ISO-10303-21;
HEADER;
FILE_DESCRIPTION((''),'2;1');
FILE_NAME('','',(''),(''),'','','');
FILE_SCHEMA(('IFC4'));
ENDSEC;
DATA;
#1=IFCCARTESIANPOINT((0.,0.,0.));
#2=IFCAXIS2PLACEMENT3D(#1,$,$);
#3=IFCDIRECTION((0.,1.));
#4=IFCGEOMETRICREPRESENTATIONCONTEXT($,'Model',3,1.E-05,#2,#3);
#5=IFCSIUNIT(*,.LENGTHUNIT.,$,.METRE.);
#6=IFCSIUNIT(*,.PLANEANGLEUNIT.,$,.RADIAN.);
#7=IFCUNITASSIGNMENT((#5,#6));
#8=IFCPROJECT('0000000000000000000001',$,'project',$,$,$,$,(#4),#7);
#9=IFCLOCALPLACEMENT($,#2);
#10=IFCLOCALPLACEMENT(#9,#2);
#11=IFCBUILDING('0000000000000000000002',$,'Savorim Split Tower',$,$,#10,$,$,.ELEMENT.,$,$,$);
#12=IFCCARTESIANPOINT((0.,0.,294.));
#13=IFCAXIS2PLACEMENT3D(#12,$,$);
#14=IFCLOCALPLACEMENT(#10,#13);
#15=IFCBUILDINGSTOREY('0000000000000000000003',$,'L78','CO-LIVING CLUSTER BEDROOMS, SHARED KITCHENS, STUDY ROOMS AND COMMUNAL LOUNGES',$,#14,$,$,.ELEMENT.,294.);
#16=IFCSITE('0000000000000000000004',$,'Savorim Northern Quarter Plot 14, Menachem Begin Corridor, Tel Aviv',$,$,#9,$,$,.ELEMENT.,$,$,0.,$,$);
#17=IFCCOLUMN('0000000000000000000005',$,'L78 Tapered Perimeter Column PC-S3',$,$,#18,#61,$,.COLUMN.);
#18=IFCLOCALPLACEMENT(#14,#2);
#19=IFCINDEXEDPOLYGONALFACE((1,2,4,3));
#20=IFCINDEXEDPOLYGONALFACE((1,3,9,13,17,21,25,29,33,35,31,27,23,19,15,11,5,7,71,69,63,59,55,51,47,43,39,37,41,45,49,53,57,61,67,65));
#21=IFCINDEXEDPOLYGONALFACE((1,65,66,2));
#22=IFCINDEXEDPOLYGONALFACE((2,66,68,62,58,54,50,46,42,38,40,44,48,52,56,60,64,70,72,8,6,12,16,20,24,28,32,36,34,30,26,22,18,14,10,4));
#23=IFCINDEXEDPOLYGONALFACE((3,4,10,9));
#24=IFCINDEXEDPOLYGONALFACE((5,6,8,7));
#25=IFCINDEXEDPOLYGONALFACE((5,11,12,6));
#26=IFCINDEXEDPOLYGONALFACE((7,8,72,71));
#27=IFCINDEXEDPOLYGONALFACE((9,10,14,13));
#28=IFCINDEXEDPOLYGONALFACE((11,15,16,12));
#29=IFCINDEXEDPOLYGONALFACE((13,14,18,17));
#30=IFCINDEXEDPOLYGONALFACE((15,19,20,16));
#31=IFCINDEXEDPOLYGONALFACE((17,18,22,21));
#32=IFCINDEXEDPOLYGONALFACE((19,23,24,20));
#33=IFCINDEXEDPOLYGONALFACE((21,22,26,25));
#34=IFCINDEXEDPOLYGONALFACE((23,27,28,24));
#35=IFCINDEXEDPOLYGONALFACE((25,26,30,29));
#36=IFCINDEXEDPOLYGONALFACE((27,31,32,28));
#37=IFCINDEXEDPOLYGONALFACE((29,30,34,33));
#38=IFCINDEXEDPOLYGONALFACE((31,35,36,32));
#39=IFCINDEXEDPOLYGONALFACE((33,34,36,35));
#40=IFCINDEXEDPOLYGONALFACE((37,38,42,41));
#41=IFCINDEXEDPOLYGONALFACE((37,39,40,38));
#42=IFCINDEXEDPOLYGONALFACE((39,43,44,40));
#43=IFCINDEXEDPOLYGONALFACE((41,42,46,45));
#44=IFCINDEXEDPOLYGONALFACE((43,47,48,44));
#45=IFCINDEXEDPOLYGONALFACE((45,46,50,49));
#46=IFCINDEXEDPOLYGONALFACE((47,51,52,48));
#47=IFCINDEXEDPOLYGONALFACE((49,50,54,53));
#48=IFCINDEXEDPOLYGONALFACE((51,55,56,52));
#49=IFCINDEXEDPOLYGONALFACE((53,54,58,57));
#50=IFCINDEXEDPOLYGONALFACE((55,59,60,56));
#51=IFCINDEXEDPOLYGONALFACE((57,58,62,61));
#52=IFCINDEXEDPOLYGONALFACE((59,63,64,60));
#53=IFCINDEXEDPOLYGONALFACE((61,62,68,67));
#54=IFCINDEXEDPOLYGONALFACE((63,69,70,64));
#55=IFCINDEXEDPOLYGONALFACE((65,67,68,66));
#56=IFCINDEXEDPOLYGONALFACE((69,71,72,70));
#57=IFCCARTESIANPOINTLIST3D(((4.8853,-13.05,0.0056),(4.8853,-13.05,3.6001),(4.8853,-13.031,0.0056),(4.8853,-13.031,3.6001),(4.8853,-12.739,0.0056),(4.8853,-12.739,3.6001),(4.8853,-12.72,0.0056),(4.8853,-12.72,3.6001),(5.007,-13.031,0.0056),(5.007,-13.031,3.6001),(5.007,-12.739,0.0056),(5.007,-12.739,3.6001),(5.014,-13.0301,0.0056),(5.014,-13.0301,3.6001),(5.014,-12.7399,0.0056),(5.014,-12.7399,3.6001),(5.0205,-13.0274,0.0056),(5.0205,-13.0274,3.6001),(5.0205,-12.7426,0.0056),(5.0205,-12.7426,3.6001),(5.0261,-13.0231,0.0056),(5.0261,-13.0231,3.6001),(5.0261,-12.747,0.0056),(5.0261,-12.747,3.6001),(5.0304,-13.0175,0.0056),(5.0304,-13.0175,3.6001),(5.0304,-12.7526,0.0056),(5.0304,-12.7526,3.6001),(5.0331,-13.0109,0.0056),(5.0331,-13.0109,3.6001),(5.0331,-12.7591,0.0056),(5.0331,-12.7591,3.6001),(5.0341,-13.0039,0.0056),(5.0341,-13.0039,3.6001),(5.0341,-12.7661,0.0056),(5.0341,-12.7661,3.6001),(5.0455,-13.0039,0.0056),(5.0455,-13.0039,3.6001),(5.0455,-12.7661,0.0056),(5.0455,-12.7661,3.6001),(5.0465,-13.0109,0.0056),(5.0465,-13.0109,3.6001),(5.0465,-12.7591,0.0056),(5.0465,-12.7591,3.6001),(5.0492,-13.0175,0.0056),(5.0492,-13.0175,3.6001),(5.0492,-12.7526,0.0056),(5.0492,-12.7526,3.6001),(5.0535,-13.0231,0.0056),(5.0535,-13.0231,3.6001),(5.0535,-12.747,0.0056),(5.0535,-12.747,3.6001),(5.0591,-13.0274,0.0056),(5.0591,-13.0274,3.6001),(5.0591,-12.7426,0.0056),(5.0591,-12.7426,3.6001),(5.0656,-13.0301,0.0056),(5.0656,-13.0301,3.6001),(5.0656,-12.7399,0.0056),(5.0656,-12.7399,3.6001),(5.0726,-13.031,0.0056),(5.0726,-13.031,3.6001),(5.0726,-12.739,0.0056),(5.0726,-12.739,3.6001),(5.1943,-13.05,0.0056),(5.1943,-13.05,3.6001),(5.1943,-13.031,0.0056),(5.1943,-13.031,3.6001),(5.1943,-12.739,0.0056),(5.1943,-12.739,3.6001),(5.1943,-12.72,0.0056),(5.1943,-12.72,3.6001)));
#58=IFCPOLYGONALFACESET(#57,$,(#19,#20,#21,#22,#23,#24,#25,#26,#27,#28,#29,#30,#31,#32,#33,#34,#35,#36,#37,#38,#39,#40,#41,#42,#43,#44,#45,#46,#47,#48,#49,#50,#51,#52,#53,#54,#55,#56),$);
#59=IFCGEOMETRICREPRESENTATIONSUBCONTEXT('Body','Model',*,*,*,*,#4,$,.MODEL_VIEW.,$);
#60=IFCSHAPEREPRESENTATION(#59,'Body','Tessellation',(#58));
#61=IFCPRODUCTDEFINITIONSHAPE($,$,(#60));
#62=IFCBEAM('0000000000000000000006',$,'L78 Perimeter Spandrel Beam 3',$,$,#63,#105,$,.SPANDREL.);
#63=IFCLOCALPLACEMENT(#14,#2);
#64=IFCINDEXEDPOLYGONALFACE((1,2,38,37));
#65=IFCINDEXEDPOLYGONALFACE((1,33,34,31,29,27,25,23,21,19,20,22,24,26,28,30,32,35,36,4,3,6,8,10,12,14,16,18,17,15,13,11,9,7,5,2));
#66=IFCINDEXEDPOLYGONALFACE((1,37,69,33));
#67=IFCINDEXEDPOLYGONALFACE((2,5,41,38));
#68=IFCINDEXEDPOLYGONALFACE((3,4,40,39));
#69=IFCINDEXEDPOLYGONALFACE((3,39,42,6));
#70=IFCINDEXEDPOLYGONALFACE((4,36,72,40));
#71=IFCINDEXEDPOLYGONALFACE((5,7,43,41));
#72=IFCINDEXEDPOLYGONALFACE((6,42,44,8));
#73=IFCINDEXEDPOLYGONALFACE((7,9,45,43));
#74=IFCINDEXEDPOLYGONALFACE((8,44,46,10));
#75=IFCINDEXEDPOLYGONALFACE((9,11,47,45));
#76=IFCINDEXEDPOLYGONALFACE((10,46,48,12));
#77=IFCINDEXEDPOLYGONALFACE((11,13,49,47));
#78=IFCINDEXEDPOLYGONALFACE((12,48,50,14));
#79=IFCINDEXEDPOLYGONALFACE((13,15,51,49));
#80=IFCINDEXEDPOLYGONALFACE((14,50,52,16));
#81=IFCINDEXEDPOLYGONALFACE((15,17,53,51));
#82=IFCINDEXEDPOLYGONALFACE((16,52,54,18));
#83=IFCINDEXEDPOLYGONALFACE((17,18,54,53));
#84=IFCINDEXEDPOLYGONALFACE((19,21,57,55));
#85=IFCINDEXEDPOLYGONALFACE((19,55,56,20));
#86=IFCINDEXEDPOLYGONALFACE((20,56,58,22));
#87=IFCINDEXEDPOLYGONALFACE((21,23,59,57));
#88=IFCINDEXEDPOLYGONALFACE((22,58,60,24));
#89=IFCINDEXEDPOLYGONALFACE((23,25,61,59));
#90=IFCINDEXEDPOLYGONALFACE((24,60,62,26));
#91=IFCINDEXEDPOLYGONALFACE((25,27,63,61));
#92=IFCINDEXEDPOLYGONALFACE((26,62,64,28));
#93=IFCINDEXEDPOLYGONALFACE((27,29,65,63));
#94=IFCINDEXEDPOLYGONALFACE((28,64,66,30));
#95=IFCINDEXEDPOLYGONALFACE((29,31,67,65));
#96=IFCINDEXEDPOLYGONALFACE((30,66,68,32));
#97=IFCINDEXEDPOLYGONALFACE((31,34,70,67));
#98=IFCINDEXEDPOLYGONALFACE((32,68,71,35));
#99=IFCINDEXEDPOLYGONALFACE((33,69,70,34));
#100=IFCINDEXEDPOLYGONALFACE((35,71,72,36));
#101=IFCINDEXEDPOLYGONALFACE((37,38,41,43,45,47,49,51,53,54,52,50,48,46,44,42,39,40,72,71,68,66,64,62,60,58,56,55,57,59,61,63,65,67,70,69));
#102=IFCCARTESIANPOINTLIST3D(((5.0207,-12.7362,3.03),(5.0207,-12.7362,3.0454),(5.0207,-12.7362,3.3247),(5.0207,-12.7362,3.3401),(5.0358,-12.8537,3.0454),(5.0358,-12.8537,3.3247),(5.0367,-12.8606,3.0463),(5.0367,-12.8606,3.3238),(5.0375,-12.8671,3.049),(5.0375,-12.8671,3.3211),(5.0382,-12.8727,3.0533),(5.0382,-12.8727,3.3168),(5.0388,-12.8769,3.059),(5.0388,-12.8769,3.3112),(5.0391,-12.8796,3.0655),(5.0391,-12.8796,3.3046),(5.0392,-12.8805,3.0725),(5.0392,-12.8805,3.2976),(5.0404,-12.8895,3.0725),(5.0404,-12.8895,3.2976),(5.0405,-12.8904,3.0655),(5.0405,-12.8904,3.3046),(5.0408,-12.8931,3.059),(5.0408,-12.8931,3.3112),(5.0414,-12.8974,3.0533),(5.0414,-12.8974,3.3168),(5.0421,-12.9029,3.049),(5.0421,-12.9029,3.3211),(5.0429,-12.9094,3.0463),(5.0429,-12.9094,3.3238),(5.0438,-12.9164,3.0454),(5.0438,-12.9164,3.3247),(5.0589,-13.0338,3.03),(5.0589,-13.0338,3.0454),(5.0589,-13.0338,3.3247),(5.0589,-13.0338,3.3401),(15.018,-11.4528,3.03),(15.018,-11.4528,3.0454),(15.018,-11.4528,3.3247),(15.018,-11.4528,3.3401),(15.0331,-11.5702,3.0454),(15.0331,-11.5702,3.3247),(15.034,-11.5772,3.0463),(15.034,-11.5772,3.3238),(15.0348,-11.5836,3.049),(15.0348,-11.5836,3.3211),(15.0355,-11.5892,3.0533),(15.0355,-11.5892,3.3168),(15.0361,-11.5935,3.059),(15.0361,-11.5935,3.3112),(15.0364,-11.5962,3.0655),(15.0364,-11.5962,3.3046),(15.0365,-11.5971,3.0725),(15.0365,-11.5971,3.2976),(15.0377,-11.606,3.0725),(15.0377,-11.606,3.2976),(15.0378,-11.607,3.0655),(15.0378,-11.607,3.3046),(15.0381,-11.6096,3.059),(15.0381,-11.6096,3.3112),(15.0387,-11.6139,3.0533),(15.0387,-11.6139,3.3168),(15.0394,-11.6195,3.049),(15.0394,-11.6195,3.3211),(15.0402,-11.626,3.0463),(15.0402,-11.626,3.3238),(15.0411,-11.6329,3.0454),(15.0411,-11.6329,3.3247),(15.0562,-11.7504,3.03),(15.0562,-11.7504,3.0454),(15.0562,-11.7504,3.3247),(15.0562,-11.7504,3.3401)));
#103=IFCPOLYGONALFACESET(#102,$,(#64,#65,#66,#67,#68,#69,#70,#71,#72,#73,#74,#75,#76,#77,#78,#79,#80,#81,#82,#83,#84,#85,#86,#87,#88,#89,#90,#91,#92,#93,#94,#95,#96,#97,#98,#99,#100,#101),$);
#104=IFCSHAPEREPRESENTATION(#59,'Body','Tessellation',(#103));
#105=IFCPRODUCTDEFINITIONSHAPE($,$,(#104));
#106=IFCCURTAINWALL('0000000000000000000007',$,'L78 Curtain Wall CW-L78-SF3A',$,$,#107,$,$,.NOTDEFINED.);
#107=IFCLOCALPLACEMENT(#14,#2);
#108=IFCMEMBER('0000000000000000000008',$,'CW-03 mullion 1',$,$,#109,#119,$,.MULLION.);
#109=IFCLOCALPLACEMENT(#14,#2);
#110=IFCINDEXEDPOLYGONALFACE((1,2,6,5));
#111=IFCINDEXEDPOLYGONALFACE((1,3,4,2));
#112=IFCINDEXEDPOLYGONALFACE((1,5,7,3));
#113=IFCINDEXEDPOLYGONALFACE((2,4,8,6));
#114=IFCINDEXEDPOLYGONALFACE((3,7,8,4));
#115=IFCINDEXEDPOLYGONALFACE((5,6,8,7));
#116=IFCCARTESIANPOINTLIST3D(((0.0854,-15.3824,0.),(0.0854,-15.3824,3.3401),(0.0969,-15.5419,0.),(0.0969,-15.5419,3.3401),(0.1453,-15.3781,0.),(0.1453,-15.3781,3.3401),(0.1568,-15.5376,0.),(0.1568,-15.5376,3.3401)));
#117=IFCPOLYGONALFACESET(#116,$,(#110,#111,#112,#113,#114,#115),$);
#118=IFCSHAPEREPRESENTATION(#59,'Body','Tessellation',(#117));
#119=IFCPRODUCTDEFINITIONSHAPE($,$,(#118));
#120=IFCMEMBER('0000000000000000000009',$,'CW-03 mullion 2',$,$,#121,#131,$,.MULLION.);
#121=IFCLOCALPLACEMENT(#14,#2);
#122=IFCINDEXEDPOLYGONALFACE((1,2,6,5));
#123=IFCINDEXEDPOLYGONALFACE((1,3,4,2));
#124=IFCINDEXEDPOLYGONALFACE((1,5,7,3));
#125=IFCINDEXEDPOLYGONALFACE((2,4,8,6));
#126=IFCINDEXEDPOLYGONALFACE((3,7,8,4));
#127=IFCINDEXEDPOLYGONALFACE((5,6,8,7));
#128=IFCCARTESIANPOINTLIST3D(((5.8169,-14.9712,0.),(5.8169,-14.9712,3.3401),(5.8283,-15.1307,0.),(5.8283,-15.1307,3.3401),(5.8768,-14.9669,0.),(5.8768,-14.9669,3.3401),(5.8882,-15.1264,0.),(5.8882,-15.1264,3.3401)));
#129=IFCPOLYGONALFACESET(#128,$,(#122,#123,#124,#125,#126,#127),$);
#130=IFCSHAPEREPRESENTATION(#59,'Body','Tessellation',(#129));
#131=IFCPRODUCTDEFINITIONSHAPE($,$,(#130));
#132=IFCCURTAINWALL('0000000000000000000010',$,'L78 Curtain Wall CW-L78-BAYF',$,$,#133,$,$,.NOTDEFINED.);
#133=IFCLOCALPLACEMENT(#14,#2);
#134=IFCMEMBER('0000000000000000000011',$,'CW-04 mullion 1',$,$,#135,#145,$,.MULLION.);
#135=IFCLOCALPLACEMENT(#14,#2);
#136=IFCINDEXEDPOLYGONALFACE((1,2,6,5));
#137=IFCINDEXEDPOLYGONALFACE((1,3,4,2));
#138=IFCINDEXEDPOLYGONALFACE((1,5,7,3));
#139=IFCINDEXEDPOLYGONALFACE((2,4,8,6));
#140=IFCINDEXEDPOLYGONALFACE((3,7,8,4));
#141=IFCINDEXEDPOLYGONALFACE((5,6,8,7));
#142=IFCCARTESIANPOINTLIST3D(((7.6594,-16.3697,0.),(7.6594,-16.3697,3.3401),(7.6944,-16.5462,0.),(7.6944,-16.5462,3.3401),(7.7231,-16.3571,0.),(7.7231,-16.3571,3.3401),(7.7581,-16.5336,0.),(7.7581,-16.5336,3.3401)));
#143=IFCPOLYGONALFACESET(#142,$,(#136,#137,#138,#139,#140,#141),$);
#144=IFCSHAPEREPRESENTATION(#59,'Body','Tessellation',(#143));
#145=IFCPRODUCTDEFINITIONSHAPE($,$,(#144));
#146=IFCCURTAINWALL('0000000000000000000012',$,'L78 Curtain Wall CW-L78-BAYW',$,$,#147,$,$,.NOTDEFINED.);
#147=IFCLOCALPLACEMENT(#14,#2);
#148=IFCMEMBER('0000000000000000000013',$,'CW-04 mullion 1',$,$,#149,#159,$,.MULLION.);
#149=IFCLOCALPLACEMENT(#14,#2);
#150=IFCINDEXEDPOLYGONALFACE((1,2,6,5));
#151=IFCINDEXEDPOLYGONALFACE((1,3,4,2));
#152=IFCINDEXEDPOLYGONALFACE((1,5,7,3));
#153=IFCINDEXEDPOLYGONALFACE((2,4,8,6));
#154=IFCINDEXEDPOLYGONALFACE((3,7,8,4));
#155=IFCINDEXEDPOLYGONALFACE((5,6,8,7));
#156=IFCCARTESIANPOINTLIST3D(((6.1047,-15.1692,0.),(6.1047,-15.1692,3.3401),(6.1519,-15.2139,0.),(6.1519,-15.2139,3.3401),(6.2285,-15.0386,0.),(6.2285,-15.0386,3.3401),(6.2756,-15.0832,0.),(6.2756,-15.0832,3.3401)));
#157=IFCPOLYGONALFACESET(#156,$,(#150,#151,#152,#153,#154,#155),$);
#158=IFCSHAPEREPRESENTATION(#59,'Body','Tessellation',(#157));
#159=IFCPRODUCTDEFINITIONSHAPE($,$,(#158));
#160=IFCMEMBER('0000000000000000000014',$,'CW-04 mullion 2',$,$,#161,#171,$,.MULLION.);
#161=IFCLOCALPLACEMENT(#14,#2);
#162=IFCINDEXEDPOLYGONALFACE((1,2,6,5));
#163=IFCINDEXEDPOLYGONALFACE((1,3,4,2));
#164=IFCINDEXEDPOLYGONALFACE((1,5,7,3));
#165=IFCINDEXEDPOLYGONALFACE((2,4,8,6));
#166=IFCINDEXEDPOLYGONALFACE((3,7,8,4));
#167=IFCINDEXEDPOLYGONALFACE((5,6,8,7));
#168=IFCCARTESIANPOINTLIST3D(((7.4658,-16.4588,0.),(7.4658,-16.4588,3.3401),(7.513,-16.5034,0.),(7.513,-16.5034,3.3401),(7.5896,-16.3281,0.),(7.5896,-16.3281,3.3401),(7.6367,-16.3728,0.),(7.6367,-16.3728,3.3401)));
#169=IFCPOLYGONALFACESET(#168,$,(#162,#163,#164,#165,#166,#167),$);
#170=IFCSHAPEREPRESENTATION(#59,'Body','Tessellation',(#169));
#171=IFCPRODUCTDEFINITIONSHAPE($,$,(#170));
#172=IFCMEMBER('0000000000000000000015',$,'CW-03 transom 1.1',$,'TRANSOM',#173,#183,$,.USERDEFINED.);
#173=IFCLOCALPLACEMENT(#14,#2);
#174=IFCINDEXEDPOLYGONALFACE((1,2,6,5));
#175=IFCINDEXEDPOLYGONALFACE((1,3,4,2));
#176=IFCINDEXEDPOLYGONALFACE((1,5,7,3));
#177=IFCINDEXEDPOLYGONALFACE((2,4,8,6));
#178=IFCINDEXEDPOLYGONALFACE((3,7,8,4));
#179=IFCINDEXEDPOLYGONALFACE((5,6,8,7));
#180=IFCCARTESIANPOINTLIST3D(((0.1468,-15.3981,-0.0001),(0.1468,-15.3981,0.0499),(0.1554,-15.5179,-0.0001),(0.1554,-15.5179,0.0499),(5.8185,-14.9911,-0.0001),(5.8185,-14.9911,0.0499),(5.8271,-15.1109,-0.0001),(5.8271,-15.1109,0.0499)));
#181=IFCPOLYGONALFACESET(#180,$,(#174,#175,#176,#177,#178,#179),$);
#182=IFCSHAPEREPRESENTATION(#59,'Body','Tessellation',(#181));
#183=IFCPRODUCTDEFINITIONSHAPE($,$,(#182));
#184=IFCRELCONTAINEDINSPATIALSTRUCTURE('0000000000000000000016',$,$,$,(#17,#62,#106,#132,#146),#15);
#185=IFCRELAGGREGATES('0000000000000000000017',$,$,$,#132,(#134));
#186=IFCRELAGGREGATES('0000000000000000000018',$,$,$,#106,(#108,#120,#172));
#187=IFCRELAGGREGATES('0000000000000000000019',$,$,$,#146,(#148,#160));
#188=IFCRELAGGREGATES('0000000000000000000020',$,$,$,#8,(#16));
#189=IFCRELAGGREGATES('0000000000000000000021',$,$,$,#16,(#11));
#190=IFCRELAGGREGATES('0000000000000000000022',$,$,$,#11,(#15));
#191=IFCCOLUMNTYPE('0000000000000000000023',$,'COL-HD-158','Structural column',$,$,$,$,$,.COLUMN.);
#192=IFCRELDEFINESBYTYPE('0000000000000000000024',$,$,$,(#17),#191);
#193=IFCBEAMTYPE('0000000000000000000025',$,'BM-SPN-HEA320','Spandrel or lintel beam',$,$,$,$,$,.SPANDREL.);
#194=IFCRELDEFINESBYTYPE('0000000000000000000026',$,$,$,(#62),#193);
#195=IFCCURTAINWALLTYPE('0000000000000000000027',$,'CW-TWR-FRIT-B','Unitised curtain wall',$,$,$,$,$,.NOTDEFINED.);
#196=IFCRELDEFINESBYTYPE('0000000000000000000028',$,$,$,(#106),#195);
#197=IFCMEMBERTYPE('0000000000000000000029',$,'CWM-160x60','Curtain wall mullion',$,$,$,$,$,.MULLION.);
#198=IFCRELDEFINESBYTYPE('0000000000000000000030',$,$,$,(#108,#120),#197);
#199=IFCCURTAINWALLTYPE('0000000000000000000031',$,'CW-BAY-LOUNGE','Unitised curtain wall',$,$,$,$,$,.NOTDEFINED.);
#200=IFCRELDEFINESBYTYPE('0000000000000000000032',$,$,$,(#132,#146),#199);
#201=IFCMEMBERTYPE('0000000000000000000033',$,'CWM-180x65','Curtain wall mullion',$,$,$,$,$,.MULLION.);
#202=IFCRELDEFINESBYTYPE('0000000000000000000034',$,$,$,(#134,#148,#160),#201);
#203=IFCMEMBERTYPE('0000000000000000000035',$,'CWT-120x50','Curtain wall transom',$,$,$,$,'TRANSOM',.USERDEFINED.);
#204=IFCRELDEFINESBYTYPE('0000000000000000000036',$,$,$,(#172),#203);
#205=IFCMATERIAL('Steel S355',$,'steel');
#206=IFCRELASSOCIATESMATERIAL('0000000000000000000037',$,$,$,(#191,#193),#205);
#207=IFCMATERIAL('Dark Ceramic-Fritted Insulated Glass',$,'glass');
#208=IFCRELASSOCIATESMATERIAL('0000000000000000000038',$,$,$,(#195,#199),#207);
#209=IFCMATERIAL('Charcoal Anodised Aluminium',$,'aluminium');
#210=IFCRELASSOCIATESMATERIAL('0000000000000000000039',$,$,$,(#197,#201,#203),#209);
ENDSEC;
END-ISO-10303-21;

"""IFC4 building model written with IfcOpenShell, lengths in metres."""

from ifc_helpers import new_model, si_unit, direction, frame, origin, origin_2d, place, context, subcontext, project, spatial, rectangle, i_section, extrude, material, material_profile, profile_set, type_object, element, aggregate, save


model = new_model("IFC4")

# Units and contexts
model_context = context("Model", 3, precision=1e-05, world=origin(), true_north=direction((0.0, 1.0)))
body_context = subcontext(model_context, "Body", "Model", "MODEL_VIEW")
ifc_project = project(units=[si_unit("LENGTHUNIT", "METRE"), si_unit("PLANEANGLEUNIT", "RADIAN")], contexts=[model_context])

# Site, building, storey
site_placement = place(None, origin())
site = spatial("IfcSite", under=ifc_project, at=site_placement, Name="Savorim Northern Quarter Plot 14, Menachem Begin Corridor, Tel Aviv", CompositionType="ELEMENT", RefElevation=0.0)
building_placement = place(site_placement, origin())
building = spatial("IfcBuilding", under=site, at=building_placement, Name="Savorim Split Tower", CompositionType="ELEMENT")
storey_placement = place(building_placement, frame((0.0, 0.0, 294.0)))
storey = spatial("IfcBuildingStorey", under=building, at=storey_placement, Name="L78", Description="CO-LIVING CLUSTER BEDROOMS, SHARED KITCHENS, STUDY ROOMS AND COMMUNAL LOUNGES", CompositionType="ELEMENT", Elevation=294.0)

# Column
ifc_material_1 = material(Name="Steel S355", Category="steel")
ifc_material_profile_1 = material_profile(ifc_material_1, i_section(OverallWidth=0.3091, OverallDepth=0.3301, WebThickness=0.0115, FlangeThickness=0.019, FilletRadius=0.0271, at=origin_2d()), Name="HD 320x158")
ifc_profile_set_1 = profile_set([ifc_material_profile_1], Name="Steel S355")
column_type = type_object("IfcColumnType", Name="COL-HD-158", Description="Structural column", PredefinedType="COLUMN", material=ifc_profile_set_1)
column_placement = place(storey_placement, frame((5.0398, -12.885, 0.0056), z_axis=(0.0, 0.0, 1.0), x_axis=(1.0, 0.0, 0.0)))
element("IfcColumn", 1, at=column_placement, inside=storey, type_object=column_type, Name="L78 Tapered Perimeter Column PC-S3", PredefinedType="COLUMN", context=body_context, shape_type="SweptSolid", body=[
    extrude(i_section(OverallWidth=0.3091, OverallDepth=0.3301, WebThickness=0.0115, FlangeThickness=0.019, FilletRadius=0.0271, at=origin_2d()), origin(), (0.0, 0.0, 1.0), 3.5945),
])

# Beam
ifc_material_profile_2 = material_profile(ifc_material_1, i_section(OverallWidth=0.3, OverallDepth=0.3101, WebThickness=0.009, FlangeThickness=0.0154, FilletRadius=0.0271, at=origin_2d()), Name="HEA 320")
ifc_profile_set_2 = profile_set([ifc_material_profile_2], Name="Steel S355")
beam_type = type_object("IfcBeamType", Name="BM-SPN-HEA320", Description="Spandrel or lintel beam", PredefinedType="SPANDREL", material=ifc_profile_set_2)
beam_placement = place(storey_placement, frame((5.0398, -12.885, 3.1851), z_axis=(0.99186, 0.127334, 0.0), x_axis=(-0.127334, 0.99186, 0.0)))
element("IfcBeam", 2, at=beam_placement, inside=storey, type_object=beam_type, Name="L78 Perimeter Spandrel Beam 3", PredefinedType="SPANDREL", context=body_context, shape_type="SweptSolid", body=[
    extrude(i_section(OverallWidth=0.3, OverallDepth=0.3101, WebThickness=0.009, FlangeThickness=0.0154, FilletRadius=0.0271, at=origin_2d()), origin(), (0.0, 0.0, 1.0), 10.0793),
])

# Curtain wall, members
ifc_material_2 = material(Name="Dark Ceramic-Fritted Insulated Glass", Category="glass")
curtain_wall_type_1 = type_object("IfcCurtainWallType", Name="CW-TWR-FRIT-B", Description="Unitised curtain wall", PredefinedType="NOTDEFINED", material=ifc_material_2)
curtain_wall_1_placement = place(storey_placement, origin())
curtain_wall_1 = element("IfcCurtainWall", 3, at=curtain_wall_1_placement, inside=storey, type_object=curtain_wall_type_1, Name="L78 Curtain Wall CW-L78-SF3A", PredefinedType="NOTDEFINED")
ifc_material_3 = material(Name="Charcoal Anodised Aluminium", Category="aluminium")
ifc_material_profile_3 = material_profile(ifc_material_3, rectangle(XDim=0.1599, YDim=0.0601, at=origin_2d()), Name="ALU-M 160x60")
ifc_profile_set_3 = profile_set([ifc_material_profile_3], Name="Charcoal Anodised Aluminium")
member_type_1 = type_object("IfcMemberType", Name="CWM-160x60", Description="Curtain wall mullion", PredefinedType="MULLION", material=ifc_profile_set_3)
member_1_placement = place(storey_placement, frame((0.1211, -15.46, 0.0), z_axis=(0.0, 0.0, 1.0), x_axis=(-0.071562, 0.997436, 0.0)))
member_1 = element("IfcMember", 4, at=member_1_placement, type_object=member_type_1, Name="CW-03 mullion 1", PredefinedType="MULLION", context=body_context, shape_type="SweptSolid", body=[
    extrude(rectangle(XDim=0.1599, YDim=0.0601, at=origin_2d()), origin(), (0.0, 0.0, 1.0), 3.3401),
])
member_2_placement = place(storey_placement, frame((5.8525, -15.0488, 0.0), z_axis=(0.0, 0.0, 1.0), x_axis=(-0.071562, 0.997436, 0.0)))
member_2 = element("IfcMember", 5, at=member_2_placement, type_object=member_type_1, Name="CW-03 mullion 2", PredefinedType="MULLION", context=body_context, shape_type="SweptSolid", body=[
    extrude(rectangle(XDim=0.1599, YDim=0.0601, at=origin_2d()), origin(), (0.0, 0.0, 1.0), 3.3401),
])

# Curtain wall, member
curtain_wall_type_2 = type_object("IfcCurtainWallType", Name="CW-BAY-LOUNGE", Description="Unitised curtain wall", PredefinedType="NOTDEFINED", material=ifc_material_2)
curtain_wall_2_placement = place(storey_placement, origin())
curtain_wall_2 = element("IfcCurtainWall", 6, at=curtain_wall_2_placement, inside=storey, type_object=curtain_wall_type_2, Name="L78 Curtain Wall CW-L78-BAYF", PredefinedType="NOTDEFINED")
ifc_material_profile_4 = material_profile(ifc_material_3, rectangle(XDim=0.1799, YDim=0.0649, at=origin_2d()), Name="ALU-M 180x65")
ifc_profile_set_4 = profile_set([ifc_material_profile_4], Name="Charcoal Anodised Aluminium")
member_type_2 = type_object("IfcMemberType", Name="CWM-180x65", Description="Curtain wall mullion", PredefinedType="MULLION", material=ifc_profile_set_4)
member_3_placement = place(storey_placement, frame((7.7087, -16.4517, 0.0), z_axis=(0.0, 0.0, 1.0), x_axis=(-0.194484, 0.980906, 0.0)))
member_3 = element("IfcMember", 7, at=member_3_placement, type_object=member_type_2, Name="CW-04 mullion 1", PredefinedType="MULLION", context=body_context, shape_type="SweptSolid", body=[
    extrude(rectangle(XDim=0.1799, YDim=0.0649, at=origin_2d()), origin(), (0.0, 0.0, 1.0), 3.3401),
])

# Curtain wall, members
curtain_wall_3_placement = place(storey_placement, origin())
curtain_wall_3 = element("IfcCurtainWall", 8, at=curtain_wall_3_placement, inside=storey, type_object=curtain_wall_type_2, Name="L78 Curtain Wall CW-L78-BAYW", PredefinedType="NOTDEFINED")
member_4_placement = place(storey_placement, frame((6.1902, -15.1262, 0.0), z_axis=(0.0, 0.0, 1.0), x_axis=(0.68775, 0.725947, 0.0)))
member_4 = element("IfcMember", 9, at=member_4_placement, type_object=member_type_2, Name="CW-04 mullion 1", PredefinedType="MULLION", context=body_context, shape_type="SweptSolid", body=[
    extrude(rectangle(XDim=0.1799, YDim=0.0649, at=origin_2d()), origin(), (0.0, 0.0, 1.0), 3.3401),
])
member_5_placement = place(storey_placement, frame((7.5513, -16.4158, 0.0), z_axis=(0.0, 0.0, 1.0), x_axis=(0.68775, 0.725947, 0.0)))
member_5 = element("IfcMember", 10, at=member_5_placement, type_object=member_type_2, Name="CW-04 mullion 2", PredefinedType="MULLION", context=body_context, shape_type="SweptSolid", body=[
    extrude(rectangle(XDim=0.1799, YDim=0.0649, at=origin_2d()), origin(), (0.0, 0.0, 1.0), 3.3401),
])

# Member
ifc_material_profile_5 = material_profile(ifc_material_3, rectangle(XDim=0.1201, YDim=0.05, at=origin_2d()), Name="ALU-T 120x50")
ifc_profile_set_5 = profile_set([ifc_material_profile_5], Name="Charcoal Anodised Aluminium")
member_type_3 = type_object("IfcMemberType", Name="CWT-120x50", Description="Curtain wall transom", ElementType="TRANSOM", PredefinedType="USERDEFINED", material=ifc_profile_set_5)
member_6_placement = place(storey_placement, frame((0.1511, -15.458, 0.0249), z_axis=(0.997435, 0.071574, 0.0), x_axis=(-0.071574, 0.997435, 0.0)))
member_6 = element("IfcMember", 11, at=member_6_placement, type_object=member_type_3, Name="CW-03 transom 1.1", ObjectType="TRANSOM", PredefinedType="USERDEFINED", context=body_context, shape_type="SweptSolid", body=[
    extrude(rectangle(XDim=0.1201, YDim=0.05, at=origin_2d()), origin(), (0.0, 0.0, 1.0), 5.6863),
])
aggregate(curtain_wall_2, [member_3])

aggregate(curtain_wall_1, [member_1, member_2, member_6])
aggregate(curtain_wall_3, [member_4, member_5])

save(model, "model.ifc")
